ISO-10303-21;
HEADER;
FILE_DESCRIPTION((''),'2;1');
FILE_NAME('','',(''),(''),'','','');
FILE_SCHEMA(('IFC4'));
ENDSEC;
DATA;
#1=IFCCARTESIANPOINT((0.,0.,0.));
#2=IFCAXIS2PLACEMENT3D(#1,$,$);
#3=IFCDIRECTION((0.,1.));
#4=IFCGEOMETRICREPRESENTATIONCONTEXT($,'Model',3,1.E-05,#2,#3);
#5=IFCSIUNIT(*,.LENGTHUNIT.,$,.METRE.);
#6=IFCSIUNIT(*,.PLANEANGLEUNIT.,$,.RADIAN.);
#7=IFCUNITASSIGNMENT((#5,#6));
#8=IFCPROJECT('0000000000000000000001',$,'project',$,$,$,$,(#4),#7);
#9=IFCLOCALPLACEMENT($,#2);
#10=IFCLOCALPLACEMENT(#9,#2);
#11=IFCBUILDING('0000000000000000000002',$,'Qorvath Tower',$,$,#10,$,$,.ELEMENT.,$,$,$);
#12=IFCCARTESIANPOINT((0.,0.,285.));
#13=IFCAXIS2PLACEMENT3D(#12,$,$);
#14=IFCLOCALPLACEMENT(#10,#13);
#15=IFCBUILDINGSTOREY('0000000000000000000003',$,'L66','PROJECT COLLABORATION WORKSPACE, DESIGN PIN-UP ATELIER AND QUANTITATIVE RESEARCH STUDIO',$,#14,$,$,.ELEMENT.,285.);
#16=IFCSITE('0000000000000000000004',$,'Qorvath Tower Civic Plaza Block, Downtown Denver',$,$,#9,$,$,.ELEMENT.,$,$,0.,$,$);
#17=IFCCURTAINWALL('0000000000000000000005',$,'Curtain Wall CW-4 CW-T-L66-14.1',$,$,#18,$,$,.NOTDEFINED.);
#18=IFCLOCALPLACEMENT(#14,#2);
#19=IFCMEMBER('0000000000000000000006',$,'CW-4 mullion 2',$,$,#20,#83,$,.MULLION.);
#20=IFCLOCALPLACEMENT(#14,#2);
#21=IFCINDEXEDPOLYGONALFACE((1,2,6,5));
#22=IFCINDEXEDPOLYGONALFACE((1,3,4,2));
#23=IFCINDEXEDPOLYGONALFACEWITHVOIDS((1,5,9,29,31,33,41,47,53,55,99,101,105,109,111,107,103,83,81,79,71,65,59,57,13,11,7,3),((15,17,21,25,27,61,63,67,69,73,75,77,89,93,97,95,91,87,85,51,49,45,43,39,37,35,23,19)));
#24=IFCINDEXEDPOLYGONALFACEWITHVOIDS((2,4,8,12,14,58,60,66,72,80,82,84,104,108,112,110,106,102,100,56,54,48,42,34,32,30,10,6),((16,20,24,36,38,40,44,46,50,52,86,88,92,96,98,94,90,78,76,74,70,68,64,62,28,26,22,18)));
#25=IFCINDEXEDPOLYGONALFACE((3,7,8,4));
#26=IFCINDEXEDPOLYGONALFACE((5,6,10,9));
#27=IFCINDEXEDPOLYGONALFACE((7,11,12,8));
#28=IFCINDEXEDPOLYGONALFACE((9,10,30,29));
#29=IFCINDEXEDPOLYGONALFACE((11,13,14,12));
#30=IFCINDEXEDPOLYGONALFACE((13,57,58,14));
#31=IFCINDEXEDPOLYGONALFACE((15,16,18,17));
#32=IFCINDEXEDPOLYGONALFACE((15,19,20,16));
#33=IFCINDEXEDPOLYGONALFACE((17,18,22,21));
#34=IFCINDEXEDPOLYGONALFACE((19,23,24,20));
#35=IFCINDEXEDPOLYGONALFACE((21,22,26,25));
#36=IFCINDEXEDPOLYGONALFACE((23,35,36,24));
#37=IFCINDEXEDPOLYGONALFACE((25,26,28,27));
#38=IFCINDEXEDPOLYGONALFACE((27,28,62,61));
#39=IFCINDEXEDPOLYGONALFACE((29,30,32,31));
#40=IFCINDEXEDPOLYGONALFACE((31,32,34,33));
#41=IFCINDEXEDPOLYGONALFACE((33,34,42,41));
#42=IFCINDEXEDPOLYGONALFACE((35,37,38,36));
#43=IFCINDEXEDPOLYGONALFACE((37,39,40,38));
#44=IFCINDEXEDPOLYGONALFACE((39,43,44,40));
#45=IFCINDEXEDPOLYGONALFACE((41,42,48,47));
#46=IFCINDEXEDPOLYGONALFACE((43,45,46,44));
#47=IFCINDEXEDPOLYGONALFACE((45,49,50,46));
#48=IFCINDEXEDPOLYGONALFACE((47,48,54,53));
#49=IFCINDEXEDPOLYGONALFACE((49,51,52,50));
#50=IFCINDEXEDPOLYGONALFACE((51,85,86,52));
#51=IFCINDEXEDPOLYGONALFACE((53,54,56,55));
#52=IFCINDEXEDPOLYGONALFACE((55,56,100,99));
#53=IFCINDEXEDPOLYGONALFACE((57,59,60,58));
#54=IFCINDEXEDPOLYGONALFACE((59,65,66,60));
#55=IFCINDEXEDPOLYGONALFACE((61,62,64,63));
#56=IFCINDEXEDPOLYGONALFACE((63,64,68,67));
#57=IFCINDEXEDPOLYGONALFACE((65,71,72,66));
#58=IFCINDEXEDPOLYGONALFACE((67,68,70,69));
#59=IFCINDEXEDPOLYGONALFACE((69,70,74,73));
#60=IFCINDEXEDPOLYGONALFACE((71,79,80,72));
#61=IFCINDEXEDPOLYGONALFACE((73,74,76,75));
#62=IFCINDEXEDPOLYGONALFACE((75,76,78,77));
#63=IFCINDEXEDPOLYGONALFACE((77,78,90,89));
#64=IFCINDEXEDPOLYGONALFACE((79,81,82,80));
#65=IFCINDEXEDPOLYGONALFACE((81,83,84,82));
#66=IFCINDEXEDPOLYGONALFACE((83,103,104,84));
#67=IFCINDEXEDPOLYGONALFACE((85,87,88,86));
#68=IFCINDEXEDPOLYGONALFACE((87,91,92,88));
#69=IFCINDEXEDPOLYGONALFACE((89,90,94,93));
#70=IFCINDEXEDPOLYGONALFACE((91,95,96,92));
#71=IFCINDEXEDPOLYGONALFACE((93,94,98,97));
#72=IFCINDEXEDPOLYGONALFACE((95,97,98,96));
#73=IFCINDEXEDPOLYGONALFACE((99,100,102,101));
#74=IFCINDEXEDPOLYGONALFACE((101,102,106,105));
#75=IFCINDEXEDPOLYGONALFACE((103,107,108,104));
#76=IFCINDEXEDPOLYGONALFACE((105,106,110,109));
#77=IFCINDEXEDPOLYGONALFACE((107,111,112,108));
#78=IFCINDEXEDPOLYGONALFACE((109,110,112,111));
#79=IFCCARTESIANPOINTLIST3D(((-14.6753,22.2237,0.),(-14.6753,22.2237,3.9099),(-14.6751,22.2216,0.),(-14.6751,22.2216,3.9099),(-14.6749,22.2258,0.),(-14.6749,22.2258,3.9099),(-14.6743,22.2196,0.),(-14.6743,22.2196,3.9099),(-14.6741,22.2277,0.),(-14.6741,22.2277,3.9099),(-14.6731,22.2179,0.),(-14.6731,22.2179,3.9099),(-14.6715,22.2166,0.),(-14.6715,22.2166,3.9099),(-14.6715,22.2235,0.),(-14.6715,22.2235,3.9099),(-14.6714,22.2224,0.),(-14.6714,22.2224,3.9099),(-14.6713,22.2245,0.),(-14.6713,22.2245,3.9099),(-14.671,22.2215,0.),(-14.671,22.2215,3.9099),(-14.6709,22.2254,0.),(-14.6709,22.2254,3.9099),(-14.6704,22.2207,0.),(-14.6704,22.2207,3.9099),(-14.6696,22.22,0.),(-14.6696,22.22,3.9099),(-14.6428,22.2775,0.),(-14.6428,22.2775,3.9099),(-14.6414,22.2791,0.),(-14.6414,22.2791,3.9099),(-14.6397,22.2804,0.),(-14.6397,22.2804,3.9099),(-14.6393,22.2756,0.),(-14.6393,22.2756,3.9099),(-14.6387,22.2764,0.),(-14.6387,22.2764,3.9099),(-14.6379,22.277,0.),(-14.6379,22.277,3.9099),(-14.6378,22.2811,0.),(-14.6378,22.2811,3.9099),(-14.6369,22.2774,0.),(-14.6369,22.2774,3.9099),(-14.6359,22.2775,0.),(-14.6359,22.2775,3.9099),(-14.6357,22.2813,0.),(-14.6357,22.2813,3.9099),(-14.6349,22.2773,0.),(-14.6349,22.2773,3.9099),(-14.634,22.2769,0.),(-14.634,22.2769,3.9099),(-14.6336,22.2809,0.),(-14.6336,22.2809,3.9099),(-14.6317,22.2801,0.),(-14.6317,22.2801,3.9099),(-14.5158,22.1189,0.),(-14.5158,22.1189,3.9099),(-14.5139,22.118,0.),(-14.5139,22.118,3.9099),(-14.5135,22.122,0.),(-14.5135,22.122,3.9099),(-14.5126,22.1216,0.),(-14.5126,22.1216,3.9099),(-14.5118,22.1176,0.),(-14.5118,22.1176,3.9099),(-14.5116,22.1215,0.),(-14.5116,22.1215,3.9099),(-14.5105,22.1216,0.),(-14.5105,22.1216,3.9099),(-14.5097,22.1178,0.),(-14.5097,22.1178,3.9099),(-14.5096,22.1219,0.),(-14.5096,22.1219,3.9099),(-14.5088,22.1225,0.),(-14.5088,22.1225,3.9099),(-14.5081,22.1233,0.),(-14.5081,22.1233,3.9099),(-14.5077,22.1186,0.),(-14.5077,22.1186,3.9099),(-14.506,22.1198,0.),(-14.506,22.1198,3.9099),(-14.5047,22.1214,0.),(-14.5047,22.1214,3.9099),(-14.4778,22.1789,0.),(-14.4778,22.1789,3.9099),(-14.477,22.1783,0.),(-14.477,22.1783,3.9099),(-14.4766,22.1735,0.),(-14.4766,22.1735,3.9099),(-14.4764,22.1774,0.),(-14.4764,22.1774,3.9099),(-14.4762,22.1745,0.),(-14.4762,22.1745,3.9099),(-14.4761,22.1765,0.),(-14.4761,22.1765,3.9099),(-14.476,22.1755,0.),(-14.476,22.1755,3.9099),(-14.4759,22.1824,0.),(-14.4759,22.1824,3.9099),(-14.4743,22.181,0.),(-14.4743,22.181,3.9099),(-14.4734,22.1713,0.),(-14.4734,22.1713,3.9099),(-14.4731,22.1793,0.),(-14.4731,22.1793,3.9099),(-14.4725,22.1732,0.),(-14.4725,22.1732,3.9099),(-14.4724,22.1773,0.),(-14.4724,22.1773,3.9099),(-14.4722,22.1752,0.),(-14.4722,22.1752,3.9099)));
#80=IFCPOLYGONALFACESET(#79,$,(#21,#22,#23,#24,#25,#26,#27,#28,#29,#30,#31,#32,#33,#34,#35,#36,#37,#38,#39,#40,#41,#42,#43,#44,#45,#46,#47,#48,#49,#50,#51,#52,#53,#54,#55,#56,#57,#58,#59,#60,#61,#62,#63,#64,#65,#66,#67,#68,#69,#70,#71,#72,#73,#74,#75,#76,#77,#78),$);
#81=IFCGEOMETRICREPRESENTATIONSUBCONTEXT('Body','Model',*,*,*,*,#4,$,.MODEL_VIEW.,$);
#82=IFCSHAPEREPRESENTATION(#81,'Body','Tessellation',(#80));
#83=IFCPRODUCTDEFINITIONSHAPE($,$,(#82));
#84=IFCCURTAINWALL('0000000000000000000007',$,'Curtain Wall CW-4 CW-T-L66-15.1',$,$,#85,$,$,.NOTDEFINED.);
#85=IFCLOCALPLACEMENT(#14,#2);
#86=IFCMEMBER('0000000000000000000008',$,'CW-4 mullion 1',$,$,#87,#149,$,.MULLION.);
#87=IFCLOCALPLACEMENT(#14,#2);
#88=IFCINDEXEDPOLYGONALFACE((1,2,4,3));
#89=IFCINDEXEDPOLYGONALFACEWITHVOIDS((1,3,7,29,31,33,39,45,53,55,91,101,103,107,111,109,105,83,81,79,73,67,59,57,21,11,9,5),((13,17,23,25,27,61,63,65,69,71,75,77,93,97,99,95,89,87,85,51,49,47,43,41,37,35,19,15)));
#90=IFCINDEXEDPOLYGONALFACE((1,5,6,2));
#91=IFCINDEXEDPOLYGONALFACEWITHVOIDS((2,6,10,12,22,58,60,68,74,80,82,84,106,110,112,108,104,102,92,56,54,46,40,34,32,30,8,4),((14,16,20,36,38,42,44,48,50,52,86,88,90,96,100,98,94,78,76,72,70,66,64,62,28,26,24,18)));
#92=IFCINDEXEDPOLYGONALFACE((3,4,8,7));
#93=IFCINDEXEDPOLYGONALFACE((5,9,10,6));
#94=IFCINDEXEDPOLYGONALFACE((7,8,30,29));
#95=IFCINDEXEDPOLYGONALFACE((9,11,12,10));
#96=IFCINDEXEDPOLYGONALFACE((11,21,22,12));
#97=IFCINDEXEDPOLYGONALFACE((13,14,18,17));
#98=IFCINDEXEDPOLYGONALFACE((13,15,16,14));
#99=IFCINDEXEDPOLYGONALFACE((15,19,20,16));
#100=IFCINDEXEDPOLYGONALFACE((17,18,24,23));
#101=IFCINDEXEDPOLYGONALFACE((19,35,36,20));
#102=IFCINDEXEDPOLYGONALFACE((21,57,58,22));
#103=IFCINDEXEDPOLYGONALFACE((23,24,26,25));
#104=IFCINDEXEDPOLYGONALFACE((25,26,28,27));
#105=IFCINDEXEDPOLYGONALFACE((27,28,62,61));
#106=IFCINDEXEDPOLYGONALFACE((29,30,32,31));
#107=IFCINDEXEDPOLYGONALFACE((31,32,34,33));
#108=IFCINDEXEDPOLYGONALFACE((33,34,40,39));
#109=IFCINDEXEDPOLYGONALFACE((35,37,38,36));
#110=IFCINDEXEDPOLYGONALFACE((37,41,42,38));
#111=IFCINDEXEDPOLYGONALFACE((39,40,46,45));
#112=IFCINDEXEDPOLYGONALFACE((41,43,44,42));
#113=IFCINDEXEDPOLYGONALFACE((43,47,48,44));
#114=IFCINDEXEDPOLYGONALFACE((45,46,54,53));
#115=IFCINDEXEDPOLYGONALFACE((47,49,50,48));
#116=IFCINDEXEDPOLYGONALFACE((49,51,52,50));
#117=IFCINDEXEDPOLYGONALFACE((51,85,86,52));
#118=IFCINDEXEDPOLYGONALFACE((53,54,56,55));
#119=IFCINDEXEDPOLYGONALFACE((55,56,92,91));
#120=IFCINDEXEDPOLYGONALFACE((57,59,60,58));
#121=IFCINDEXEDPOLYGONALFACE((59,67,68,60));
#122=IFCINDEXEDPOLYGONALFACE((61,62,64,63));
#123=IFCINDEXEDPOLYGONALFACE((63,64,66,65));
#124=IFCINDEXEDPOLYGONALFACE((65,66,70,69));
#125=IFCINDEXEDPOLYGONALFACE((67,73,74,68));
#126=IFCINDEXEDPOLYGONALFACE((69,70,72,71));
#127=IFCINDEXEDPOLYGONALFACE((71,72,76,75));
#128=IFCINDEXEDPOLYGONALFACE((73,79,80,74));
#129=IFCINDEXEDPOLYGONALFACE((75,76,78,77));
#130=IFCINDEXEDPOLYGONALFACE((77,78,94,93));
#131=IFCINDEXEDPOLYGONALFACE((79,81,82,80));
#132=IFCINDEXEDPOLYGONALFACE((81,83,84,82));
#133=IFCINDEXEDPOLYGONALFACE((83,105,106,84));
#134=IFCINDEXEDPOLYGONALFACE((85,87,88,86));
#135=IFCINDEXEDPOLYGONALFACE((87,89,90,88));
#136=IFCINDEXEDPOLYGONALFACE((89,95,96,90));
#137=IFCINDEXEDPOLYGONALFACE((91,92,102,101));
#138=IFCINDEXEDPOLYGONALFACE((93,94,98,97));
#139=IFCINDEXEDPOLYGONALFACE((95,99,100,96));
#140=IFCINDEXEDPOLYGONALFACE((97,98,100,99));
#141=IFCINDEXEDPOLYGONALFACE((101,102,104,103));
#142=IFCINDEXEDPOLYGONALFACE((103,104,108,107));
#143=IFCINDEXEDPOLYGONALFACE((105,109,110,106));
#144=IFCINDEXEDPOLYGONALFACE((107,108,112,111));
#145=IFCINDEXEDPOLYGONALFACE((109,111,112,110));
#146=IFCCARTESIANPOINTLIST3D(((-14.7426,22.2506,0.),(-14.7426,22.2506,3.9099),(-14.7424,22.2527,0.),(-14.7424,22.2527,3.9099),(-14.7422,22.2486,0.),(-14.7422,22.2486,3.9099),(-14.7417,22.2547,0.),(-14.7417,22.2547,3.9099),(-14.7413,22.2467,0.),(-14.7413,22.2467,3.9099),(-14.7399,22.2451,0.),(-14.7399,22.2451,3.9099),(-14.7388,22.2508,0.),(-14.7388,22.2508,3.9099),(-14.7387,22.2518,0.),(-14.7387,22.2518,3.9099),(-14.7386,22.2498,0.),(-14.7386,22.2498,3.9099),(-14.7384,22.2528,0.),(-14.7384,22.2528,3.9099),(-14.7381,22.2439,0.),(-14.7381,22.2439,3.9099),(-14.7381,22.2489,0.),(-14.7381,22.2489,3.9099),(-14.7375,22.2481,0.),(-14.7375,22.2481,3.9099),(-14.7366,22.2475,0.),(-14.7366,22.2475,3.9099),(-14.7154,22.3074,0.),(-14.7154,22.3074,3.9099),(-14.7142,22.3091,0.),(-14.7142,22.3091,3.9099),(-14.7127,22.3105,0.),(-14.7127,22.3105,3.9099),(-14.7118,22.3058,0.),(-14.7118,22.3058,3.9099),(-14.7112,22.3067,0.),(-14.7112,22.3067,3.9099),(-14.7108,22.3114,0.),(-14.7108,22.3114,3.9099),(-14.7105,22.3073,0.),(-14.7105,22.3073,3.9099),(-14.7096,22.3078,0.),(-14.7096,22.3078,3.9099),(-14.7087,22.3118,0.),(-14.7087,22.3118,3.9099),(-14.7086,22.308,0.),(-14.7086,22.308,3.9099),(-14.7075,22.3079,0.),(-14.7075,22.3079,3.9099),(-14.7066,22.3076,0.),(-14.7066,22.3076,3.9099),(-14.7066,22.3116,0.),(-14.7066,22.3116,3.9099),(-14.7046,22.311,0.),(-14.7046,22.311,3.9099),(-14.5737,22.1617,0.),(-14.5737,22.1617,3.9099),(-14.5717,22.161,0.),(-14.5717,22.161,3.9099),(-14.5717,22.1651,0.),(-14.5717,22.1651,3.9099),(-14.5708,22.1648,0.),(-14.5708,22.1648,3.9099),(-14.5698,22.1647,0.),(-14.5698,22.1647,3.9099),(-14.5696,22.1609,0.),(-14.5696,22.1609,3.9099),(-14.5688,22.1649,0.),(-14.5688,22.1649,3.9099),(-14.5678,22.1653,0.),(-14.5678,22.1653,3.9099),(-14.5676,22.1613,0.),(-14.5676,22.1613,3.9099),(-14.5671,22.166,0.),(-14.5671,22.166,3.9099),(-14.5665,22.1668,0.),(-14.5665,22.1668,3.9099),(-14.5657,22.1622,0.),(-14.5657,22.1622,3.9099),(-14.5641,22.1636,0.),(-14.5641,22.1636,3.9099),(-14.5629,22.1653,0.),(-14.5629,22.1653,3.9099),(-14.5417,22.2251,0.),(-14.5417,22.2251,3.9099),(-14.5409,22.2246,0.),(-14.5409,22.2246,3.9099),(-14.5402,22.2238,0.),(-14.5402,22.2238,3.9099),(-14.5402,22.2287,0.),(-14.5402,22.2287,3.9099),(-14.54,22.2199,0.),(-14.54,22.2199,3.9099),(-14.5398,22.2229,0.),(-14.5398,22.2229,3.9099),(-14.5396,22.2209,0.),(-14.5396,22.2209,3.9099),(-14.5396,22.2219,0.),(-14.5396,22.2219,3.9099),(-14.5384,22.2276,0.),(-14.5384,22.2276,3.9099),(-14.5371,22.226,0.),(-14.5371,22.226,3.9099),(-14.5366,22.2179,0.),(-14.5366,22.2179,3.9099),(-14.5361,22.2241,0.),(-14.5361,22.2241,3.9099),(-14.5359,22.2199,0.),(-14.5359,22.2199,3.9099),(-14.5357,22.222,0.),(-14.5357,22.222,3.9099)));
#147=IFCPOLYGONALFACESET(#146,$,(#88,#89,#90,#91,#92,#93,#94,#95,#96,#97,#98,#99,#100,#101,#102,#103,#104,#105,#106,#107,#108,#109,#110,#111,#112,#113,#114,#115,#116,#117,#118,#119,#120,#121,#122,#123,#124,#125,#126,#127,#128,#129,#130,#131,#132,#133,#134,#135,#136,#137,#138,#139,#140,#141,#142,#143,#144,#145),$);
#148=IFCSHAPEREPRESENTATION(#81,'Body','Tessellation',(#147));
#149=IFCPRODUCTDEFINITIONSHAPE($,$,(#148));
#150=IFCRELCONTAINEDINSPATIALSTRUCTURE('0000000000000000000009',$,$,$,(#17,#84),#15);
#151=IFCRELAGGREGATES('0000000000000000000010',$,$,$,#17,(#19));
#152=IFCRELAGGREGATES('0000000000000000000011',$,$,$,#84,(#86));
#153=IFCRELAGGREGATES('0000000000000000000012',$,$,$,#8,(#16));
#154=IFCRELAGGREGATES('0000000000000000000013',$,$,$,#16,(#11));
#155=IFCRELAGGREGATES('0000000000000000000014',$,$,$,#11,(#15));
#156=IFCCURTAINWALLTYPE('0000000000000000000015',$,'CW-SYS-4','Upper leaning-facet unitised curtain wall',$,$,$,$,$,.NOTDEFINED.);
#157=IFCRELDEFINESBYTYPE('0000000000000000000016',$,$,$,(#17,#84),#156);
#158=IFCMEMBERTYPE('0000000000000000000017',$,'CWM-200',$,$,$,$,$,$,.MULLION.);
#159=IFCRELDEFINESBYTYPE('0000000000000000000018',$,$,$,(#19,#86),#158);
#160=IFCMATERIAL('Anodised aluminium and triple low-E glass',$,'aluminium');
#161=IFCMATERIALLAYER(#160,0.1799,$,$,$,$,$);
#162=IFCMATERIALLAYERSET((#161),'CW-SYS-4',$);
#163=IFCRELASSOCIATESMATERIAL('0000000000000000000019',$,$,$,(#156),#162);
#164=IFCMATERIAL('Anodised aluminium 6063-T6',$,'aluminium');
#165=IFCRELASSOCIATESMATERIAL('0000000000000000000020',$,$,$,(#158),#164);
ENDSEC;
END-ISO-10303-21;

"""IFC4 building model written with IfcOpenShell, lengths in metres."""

from ifc_helpers import new_model, si_unit, direction, frame, origin, origin_2d, place, context, subcontext, project, spatial, hollow_rectangle, extrude, material, layer, layer_set, material_profile, profile_set, type_object, element, aggregate, save


model = new_model("IFC4")

# Units and contexts
model_context = context("Model", 3, precision=1e-05, world=origin(), true_north=direction((0.0, 1.0)))
body_context = subcontext(model_context, "Body", "Model", "MODEL_VIEW")
ifc_project = project(units=[si_unit("LENGTHUNIT", "METRE"), si_unit("PLANEANGLEUNIT", "RADIAN")], contexts=[model_context])

# Site, building, storey
site_placement = place(None, origin())
site = spatial("IfcSite", under=ifc_project, at=site_placement, Name="Qorvath Tower Civic Plaza Block, Downtown Denver", CompositionType="ELEMENT", RefElevation=0.0)
building_placement = place(site_placement, origin())
building = spatial("IfcBuilding", under=site, at=building_placement, Name="Qorvath Tower", CompositionType="ELEMENT")
storey_placement = place(building_placement, frame((0.0, 0.0, 285.0)))
storey = spatial("IfcBuildingStorey", under=building, at=storey_placement, Name="L66", Description="PROJECT COLLABORATION WORKSPACE, DESIGN PIN-UP ATELIER AND QUANTITATIVE RESEARCH STUDIO", CompositionType="ELEMENT", Elevation=285.0)

# Shared definitions
ifc_material_1 = material(Name="Anodised aluminium and triple low-E glass", Category="aluminium")
ifc_layer_1 = layer(ifc_material_1, 0.1799)
ifc_layer_set_1 = layer_set([ifc_layer_1], Name="CW-SYS-4")
curtain_wall_type = type_object("IfcCurtainWallType", Name="CW-SYS-4", Description="Upper leaning-facet unitised curtain wall", PredefinedType="NOTDEFINED", material=ifc_layer_set_1)
ifc_material_2 = material(Name="Anodised aluminium 6063-T6", Category="aluminium")
ifc_material_profile_1 = material_profile(ifc_material_2, hollow_rectangle(XDim=0.075, YDim=0.2, WallThickness=0.0039, InnerFilletRadius=0.0039, OuterFilletRadius=0.0081, at=origin_2d()), Name="CWM 200x75")
ifc_profile_set_1 = profile_set([ifc_material_profile_1], Name="Anodised aluminium 6063-T6")
member_type_1 = type_object("IfcMemberType", Name="CWM-200", PredefinedType="MULLION", material=ifc_profile_set_1)

# Curtain walls, members
curtain_wall_1_placement = place(storey_placement, origin())
curtain_wall_1 = element("IfcCurtainWall", 1, at=curtain_wall_1_placement, inside=storey, type_object=curtain_wall_type, Name="Curtain Wall CW-4 CW-T-L66-14.1", PredefinedType="NOTDEFINED")
member_1_placement = place(storey_placement, frame((-14.5737, 22.1995, 0.0), z_axis=(0.0, 0.0, 1.0), x_axis=(-0.531419, -0.847109, 0.0)))
member_1 = element("IfcMember", 2, at=member_1_placement, type_object=member_type_1, Name="CW-4 mullion 2", PredefinedType="MULLION", context=body_context, shape_type="SweptSolid", body=[
    extrude(hollow_rectangle(XDim=0.075, YDim=0.2, WallThickness=0.0039, InnerFilletRadius=0.0039, OuterFilletRadius=0.0081, at=origin_2d()), origin(), (0.0, 0.0, 1.0), 3.9099),
])
curtain_wall_2_placement = place(storey_placement, origin())
curtain_wall_2 = element("IfcCurtainWall", 3, at=curtain_wall_2_placement, inside=storey, type_object=curtain_wall_type, Name="Curtain Wall CW-4 CW-T-L66-15.1", PredefinedType="NOTDEFINED")
member_2_placement = place(storey_placement, frame((-14.6392, 22.2363, 0.0), z_axis=(0.0, 0.0, 1.0), x_axis=(-0.447235, -0.894417, 0.0)))
member_2 = element("IfcMember", 4, at=member_2_placement, type_object=member_type_1, Name="CW-4 mullion 1", PredefinedType="MULLION", context=body_context, shape_type="SweptSolid", body=[
    extrude(hollow_rectangle(XDim=0.075, YDim=0.2, WallThickness=0.0039, InnerFilletRadius=0.0039, OuterFilletRadius=0.0081, at=origin_2d()), origin(), (0.0, 0.0, 1.0), 3.9099),
])

aggregate(curtain_wall_1, [member_1])
aggregate(curtain_wall_2, [member_2])

save(model, "model.ifc")
